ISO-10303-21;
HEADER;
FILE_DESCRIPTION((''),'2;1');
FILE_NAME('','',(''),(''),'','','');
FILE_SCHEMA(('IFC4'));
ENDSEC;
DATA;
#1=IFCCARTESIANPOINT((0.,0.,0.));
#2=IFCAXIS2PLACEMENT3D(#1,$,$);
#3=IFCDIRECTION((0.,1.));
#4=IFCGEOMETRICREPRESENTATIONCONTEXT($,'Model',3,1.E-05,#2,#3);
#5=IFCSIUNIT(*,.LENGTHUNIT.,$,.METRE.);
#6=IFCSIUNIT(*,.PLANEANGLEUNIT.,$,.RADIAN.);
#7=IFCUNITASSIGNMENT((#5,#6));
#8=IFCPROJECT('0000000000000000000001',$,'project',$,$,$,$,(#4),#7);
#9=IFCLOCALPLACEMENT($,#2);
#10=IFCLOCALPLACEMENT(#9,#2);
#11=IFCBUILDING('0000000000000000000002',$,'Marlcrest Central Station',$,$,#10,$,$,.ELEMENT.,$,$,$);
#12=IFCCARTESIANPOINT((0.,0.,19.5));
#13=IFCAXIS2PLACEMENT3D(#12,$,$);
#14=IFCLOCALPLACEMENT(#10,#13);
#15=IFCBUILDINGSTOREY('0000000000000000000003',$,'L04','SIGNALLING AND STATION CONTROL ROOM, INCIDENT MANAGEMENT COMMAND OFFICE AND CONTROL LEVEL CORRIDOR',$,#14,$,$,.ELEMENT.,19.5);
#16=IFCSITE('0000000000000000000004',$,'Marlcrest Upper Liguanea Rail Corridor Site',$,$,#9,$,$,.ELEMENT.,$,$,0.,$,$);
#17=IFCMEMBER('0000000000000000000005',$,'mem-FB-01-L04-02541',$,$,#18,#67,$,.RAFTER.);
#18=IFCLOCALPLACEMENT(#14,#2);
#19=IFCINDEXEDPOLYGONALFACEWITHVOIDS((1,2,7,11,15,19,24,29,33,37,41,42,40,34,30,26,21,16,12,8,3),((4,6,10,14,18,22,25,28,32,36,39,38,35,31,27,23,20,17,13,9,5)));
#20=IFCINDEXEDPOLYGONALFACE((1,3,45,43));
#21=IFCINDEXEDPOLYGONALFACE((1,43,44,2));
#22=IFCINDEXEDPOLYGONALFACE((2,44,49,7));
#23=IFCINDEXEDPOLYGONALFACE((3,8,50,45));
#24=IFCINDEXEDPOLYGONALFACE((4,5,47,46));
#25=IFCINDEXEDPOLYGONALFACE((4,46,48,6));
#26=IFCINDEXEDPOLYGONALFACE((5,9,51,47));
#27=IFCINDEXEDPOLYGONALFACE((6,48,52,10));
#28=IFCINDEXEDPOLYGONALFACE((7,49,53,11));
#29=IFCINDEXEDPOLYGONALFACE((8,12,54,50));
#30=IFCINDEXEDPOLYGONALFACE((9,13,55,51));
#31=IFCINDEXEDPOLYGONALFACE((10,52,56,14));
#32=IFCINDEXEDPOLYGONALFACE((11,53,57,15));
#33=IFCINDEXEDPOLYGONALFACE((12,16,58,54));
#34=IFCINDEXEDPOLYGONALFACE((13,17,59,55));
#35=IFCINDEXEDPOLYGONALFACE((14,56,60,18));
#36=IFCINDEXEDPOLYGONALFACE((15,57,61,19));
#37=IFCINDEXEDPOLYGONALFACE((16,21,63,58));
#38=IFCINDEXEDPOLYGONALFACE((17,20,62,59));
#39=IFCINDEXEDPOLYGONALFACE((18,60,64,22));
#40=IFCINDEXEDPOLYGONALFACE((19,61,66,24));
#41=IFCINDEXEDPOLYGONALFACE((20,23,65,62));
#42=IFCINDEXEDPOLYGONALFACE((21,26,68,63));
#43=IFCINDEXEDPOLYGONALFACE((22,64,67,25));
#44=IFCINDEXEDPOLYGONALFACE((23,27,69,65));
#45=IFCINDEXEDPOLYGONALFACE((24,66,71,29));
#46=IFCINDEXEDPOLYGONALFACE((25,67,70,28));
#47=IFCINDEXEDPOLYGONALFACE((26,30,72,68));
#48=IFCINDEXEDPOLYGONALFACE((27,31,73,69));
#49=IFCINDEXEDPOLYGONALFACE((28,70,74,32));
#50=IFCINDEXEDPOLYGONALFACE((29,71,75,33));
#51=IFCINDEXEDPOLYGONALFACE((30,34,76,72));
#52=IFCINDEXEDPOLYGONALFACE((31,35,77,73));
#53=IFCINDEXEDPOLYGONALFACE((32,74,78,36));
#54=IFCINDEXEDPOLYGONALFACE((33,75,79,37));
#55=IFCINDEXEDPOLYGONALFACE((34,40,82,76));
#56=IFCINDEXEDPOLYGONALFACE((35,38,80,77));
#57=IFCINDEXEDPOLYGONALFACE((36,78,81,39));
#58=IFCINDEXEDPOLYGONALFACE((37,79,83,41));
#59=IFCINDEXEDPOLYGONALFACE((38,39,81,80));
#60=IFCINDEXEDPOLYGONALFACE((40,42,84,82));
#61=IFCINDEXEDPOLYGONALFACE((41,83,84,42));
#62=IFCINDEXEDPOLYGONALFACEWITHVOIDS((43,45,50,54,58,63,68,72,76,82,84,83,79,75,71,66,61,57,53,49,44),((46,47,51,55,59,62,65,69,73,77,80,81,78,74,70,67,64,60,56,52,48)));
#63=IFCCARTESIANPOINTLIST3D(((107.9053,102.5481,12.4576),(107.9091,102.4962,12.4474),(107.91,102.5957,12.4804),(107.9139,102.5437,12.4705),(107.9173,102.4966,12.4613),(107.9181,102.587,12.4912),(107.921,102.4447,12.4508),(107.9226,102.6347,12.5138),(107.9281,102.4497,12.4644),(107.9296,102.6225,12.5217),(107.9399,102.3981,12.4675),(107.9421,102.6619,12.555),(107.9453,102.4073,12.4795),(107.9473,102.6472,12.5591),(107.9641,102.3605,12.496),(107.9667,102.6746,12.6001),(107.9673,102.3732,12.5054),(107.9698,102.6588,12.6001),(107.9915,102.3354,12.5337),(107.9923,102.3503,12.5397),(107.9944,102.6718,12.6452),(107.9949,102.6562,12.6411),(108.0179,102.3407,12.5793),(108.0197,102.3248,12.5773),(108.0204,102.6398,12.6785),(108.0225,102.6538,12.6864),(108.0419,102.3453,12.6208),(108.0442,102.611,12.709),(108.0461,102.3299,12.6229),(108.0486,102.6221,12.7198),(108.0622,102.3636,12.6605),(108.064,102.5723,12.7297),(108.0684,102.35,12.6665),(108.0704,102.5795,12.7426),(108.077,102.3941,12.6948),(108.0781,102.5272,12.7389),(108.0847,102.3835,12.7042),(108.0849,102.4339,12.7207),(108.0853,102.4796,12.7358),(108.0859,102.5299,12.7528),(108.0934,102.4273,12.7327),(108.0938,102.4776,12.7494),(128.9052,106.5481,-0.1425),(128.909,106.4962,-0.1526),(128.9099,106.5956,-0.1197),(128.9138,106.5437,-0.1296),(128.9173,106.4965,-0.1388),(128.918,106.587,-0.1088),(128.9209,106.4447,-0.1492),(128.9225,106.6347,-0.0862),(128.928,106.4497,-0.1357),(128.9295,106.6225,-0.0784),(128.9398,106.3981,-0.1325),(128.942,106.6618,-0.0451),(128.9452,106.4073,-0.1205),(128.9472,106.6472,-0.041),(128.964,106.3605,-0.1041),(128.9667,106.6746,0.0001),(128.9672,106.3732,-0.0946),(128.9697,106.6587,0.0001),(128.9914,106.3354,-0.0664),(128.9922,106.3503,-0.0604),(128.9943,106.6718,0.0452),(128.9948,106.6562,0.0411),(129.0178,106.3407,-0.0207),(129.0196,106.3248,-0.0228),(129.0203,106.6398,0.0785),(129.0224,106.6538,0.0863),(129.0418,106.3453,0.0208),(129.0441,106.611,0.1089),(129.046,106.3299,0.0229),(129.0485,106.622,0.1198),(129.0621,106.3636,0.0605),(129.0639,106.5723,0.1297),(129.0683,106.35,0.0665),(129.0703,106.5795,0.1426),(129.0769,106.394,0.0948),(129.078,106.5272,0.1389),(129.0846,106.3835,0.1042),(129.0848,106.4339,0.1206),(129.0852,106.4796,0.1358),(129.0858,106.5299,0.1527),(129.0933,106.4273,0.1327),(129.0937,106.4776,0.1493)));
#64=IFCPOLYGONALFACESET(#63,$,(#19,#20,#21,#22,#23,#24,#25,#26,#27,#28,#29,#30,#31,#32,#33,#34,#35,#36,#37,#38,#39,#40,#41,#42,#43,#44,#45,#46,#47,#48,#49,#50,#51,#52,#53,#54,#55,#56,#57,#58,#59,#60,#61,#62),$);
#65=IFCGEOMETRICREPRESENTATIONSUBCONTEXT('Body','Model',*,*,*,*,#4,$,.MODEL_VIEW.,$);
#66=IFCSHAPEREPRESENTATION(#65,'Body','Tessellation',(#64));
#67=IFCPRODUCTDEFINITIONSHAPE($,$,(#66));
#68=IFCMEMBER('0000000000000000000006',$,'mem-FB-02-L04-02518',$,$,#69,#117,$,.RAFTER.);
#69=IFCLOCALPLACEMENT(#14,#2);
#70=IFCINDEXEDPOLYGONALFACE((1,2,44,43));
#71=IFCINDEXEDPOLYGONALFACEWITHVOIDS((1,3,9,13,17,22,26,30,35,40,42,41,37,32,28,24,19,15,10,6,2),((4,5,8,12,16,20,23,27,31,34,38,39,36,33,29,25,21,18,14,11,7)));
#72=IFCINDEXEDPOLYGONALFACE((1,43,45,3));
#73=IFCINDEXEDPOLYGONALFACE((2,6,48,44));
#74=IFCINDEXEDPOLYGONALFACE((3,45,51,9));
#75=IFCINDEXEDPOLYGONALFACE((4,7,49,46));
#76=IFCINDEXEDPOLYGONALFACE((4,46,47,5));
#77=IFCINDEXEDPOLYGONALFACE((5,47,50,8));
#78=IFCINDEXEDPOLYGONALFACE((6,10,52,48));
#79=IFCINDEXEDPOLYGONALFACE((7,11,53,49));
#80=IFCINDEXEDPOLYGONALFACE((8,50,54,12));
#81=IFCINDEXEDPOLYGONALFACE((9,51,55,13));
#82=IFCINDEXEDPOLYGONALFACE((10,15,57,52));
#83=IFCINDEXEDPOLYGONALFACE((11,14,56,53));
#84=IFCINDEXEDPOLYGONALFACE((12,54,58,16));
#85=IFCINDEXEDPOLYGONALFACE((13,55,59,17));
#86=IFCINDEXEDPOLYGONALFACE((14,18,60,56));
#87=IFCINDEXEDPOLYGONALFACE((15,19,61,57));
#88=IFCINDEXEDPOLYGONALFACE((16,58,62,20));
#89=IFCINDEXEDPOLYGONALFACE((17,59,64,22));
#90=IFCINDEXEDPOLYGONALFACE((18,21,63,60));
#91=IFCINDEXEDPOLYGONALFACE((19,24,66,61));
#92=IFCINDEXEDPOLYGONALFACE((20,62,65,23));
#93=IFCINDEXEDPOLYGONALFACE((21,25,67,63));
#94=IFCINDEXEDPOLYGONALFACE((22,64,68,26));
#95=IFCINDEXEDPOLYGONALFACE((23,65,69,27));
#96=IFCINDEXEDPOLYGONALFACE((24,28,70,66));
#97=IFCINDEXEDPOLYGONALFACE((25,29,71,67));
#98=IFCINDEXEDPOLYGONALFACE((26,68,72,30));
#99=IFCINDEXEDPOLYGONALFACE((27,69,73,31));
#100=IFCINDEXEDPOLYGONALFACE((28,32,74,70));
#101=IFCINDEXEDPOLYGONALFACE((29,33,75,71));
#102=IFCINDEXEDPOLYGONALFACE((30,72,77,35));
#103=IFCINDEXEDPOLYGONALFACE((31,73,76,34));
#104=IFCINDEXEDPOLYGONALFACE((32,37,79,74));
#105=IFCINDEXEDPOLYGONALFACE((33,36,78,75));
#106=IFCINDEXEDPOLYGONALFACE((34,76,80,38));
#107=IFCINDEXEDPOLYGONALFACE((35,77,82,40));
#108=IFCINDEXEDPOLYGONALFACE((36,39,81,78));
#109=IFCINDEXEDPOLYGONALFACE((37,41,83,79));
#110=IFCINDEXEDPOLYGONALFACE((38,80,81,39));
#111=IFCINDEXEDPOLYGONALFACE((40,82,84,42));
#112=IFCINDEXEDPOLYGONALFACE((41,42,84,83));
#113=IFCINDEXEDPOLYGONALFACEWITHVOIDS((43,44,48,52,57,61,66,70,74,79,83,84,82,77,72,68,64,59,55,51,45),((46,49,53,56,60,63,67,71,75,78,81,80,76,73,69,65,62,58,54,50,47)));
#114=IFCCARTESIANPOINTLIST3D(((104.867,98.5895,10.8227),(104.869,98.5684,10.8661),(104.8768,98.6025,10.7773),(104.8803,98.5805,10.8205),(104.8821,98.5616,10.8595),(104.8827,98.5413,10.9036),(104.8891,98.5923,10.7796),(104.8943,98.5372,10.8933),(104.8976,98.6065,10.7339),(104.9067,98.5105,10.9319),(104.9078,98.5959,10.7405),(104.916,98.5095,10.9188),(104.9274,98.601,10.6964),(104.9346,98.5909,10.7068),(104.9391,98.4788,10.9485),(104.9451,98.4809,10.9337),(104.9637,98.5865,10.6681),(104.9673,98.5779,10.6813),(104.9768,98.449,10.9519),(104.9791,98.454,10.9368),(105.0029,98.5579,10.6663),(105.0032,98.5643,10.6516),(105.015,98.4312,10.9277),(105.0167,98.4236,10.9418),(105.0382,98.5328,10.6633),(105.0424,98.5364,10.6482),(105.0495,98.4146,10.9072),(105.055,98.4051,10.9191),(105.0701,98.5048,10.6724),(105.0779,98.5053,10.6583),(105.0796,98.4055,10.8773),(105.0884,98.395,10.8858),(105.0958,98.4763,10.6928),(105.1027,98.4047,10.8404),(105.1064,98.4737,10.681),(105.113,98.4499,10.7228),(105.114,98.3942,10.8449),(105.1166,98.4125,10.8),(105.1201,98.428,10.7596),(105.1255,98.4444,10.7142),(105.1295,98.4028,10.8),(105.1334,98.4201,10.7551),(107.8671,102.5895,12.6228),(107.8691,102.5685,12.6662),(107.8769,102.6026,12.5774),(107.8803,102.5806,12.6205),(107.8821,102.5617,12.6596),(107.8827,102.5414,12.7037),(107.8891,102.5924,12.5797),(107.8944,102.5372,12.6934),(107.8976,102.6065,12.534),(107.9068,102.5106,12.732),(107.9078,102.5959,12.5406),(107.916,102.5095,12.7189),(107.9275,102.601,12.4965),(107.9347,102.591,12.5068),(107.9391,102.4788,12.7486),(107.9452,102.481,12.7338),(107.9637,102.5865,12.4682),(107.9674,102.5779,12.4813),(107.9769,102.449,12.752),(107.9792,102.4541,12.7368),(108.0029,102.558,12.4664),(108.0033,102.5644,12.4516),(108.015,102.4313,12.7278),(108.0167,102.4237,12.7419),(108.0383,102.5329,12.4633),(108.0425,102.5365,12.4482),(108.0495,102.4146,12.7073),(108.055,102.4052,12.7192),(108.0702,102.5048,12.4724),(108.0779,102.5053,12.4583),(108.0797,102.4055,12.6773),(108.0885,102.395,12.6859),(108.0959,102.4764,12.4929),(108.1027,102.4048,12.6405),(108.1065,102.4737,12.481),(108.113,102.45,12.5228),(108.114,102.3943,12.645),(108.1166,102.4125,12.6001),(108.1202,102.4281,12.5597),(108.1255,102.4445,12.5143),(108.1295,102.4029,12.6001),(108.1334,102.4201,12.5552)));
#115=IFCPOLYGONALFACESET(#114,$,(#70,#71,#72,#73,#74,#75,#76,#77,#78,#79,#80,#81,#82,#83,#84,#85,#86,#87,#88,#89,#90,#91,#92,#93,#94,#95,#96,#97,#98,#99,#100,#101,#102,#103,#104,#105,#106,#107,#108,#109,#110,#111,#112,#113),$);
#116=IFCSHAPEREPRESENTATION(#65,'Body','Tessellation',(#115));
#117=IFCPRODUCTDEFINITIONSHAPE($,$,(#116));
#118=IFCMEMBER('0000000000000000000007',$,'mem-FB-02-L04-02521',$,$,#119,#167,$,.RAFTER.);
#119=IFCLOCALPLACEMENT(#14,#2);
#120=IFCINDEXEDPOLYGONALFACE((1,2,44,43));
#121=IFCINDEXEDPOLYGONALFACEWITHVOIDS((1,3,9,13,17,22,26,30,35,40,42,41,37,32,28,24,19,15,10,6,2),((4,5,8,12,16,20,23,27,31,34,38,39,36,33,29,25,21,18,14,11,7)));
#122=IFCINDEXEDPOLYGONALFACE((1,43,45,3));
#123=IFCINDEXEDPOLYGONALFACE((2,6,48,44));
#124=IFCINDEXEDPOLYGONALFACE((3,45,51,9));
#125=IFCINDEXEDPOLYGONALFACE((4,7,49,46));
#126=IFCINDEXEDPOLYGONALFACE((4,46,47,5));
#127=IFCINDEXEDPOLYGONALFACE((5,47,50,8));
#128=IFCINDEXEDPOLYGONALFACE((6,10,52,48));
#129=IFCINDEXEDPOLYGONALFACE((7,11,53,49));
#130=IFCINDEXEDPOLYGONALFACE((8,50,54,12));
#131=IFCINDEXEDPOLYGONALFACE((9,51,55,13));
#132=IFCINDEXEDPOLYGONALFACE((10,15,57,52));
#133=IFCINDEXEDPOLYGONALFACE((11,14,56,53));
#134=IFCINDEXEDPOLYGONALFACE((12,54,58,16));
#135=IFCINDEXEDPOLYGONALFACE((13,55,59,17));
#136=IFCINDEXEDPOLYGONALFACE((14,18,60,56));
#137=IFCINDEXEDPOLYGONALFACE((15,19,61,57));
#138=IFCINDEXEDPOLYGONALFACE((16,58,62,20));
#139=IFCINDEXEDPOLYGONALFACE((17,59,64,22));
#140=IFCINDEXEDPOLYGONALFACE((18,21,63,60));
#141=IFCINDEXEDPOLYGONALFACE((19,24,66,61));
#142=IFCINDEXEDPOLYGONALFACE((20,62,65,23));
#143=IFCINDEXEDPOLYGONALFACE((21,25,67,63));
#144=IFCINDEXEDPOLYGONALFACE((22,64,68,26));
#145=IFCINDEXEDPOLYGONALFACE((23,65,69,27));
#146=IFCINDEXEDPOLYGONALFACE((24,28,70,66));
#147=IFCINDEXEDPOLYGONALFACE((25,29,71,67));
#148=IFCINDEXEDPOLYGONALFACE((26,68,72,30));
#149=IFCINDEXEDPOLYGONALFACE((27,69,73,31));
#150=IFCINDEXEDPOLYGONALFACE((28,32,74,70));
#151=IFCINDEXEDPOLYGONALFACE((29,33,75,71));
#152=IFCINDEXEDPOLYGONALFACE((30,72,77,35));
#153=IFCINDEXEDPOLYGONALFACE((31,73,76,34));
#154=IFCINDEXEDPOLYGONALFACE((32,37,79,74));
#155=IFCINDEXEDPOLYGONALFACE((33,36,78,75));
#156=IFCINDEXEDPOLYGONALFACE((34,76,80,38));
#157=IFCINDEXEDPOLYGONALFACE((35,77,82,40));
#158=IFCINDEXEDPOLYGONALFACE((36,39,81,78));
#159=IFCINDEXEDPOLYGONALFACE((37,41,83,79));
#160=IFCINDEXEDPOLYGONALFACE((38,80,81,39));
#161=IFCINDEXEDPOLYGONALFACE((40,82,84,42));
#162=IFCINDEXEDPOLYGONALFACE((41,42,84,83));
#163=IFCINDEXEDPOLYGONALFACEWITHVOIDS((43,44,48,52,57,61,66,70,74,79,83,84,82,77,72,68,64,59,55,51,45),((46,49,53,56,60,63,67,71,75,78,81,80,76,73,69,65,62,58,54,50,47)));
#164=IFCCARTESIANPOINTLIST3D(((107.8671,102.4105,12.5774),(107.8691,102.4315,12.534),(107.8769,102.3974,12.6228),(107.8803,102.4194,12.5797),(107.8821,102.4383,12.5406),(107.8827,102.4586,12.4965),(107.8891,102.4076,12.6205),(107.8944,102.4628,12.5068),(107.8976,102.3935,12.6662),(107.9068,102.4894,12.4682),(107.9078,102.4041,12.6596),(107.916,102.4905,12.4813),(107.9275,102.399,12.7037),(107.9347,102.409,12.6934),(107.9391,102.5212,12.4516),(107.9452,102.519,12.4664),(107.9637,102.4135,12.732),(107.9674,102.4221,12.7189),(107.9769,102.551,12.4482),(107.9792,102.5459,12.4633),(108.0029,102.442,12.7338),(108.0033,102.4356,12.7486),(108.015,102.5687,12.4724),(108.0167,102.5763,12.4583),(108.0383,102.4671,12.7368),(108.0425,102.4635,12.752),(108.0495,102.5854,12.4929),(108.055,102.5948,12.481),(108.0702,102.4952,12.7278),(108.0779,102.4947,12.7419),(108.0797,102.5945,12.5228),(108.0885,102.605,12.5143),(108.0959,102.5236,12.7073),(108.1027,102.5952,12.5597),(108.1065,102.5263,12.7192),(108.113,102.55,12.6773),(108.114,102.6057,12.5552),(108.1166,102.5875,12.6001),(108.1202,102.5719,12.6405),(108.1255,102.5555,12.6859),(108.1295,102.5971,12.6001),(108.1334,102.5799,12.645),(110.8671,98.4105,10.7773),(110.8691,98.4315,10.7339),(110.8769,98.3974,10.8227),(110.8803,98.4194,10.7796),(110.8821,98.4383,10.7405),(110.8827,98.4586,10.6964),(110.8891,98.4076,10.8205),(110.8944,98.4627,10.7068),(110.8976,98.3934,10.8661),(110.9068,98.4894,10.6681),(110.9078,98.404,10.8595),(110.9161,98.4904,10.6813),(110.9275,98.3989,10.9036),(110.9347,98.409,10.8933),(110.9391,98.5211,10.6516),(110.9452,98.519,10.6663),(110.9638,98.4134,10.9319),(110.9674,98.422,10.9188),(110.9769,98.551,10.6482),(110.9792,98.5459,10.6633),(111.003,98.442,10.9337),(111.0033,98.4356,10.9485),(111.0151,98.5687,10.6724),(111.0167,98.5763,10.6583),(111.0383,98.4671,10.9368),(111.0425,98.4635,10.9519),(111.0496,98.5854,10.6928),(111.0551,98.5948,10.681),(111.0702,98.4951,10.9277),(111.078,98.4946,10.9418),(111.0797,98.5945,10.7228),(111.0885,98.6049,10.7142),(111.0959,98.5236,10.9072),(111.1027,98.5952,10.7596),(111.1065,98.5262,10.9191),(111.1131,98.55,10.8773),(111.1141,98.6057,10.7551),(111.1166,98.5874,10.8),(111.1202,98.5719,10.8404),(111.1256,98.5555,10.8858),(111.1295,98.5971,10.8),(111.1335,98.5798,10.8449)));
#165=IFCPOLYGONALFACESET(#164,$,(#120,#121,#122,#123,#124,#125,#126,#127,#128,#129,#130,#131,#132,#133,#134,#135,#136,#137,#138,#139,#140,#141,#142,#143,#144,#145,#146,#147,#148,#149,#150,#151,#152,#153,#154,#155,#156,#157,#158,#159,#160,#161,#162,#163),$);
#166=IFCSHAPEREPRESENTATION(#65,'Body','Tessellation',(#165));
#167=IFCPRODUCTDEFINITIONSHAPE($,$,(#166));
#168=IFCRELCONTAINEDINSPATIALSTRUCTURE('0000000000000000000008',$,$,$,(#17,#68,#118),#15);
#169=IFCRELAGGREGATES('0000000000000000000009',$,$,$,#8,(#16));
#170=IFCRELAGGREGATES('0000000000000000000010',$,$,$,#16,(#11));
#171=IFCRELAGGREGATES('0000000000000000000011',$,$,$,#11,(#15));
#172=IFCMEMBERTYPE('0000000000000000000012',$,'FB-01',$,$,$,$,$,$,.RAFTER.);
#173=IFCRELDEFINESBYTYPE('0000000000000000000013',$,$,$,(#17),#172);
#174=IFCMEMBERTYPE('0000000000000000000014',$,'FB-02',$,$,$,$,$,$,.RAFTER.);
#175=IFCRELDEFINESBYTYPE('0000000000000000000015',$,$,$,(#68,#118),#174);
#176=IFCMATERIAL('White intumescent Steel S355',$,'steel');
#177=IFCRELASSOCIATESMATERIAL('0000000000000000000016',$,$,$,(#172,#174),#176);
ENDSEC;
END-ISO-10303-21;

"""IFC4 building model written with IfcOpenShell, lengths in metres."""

from ifc_helpers import new_model, si_unit, direction, frame, origin, origin_2d, place, context, subcontext, project, spatial, hollow_circle, extrude, material, material_profile, profile_set, type_object, element, save


model = new_model("IFC4")

# Units and contexts
model_context = context("Model", 3, precision=1e-05, world=origin(), true_north=direction((0.0, 1.0)))
body_context = subcontext(model_context, "Body", "Model", "MODEL_VIEW")
ifc_project = project(units=[si_unit("LENGTHUNIT", "METRE"), si_unit("PLANEANGLEUNIT", "RADIAN")], contexts=[model_context])

# Site, building, storey
site_placement = place(None, origin())
site = spatial("IfcSite", under=ifc_project, at=site_placement, Name="Marlcrest Upper Liguanea Rail Corridor Site", CompositionType="ELEMENT", RefElevation=0.0)
building_placement = place(site_placement, origin())
building = spatial("IfcBuilding", under=site, at=building_placement, Name="Marlcrest Central Station", CompositionType="ELEMENT")
storey_placement = place(building_placement, frame((0.0, 0.0, 19.5)))
storey = spatial("IfcBuildingStorey", under=building, at=storey_placement, Name="L04", Description="SIGNALLING AND STATION CONTROL ROOM, INCIDENT MANAGEMENT COMMAND OFFICE AND CONTROL LEVEL CORRIDOR", CompositionType="ELEMENT", Elevation=19.5)

# Members
ifc_material_1 = material(Name="White intumescent Steel S355", Category="steel")
ifc_material_profile_1 = material_profile(ifc_material_1, hollow_circle(Radius=0.1777, WallThickness=0.0161, at=origin_2d()), Name="CHS 355.6x16")
ifc_profile_set_1 = profile_set([ifc_material_profile_1], Name="White intumescent Steel S355")
member_type_1 = type_object("IfcMemberType", Name="FB-01", PredefinedType="RAFTER", material=ifc_profile_set_1)
for number, where, z_axis, x_axis, name in (
    (1, (108.0, 102.5, 12.6001), (0.846277, 0.161196, -0.50777), (-0.187112, 0.982339, 0.0), "mem-FB-01-L04-02541"),
):
    element("IfcMember", number, at=place(storey_placement, frame(where, z_axis=z_axis, x_axis=x_axis)), inside=storey, type_object=member_type_1, Name=name, PredefinedType="RAFTER", context=body_context, shape_type="SweptSolid", body=[
        extrude(hollow_circle(Radius=0.1777, WallThickness=0.0161, at=origin_2d()), origin(), (0.0, 0.0, 1.0), 24.8145),
    ])
ifc_material_profile_2 = material_profile(ifc_material_1, hollow_circle(Radius=0.1619, WallThickness=0.0161, at=origin_2d()), Name="CHS 323.9x16")
ifc_profile_set_2 = profile_set([ifc_material_profile_2], Name="White intumescent Steel S355")
member_type_2 = type_object("IfcMemberType", Name="FB-02", PredefinedType="RAFTER", material=ifc_profile_set_2)
for number, where, z_axis, x_axis, name in (
    (2, (108.0, 102.5, 12.6001), (-0.564531, -0.752708, -0.338728), (0.8, -0.6, 0.0), "mem-FB-02-L04-02518"),
    (3, (108.0, 102.5, 12.6001), (0.564531, -0.752708, -0.338728), (0.8, 0.6, 0.0), "mem-FB-02-L04-02521"),
):
    element("IfcMember", number, at=place(storey_placement, frame(where, z_axis=z_axis, x_axis=x_axis)), inside=storey, type_object=member_type_2, Name=name, PredefinedType="RAFTER", context=body_context, shape_type="SweptSolid", body=[
        extrude(hollow_circle(Radius=0.1619, WallThickness=0.0161, at=origin_2d()), origin(), (0.0, 0.0, 1.0), 5.3142),
    ])

save(model, "model.ifc")
